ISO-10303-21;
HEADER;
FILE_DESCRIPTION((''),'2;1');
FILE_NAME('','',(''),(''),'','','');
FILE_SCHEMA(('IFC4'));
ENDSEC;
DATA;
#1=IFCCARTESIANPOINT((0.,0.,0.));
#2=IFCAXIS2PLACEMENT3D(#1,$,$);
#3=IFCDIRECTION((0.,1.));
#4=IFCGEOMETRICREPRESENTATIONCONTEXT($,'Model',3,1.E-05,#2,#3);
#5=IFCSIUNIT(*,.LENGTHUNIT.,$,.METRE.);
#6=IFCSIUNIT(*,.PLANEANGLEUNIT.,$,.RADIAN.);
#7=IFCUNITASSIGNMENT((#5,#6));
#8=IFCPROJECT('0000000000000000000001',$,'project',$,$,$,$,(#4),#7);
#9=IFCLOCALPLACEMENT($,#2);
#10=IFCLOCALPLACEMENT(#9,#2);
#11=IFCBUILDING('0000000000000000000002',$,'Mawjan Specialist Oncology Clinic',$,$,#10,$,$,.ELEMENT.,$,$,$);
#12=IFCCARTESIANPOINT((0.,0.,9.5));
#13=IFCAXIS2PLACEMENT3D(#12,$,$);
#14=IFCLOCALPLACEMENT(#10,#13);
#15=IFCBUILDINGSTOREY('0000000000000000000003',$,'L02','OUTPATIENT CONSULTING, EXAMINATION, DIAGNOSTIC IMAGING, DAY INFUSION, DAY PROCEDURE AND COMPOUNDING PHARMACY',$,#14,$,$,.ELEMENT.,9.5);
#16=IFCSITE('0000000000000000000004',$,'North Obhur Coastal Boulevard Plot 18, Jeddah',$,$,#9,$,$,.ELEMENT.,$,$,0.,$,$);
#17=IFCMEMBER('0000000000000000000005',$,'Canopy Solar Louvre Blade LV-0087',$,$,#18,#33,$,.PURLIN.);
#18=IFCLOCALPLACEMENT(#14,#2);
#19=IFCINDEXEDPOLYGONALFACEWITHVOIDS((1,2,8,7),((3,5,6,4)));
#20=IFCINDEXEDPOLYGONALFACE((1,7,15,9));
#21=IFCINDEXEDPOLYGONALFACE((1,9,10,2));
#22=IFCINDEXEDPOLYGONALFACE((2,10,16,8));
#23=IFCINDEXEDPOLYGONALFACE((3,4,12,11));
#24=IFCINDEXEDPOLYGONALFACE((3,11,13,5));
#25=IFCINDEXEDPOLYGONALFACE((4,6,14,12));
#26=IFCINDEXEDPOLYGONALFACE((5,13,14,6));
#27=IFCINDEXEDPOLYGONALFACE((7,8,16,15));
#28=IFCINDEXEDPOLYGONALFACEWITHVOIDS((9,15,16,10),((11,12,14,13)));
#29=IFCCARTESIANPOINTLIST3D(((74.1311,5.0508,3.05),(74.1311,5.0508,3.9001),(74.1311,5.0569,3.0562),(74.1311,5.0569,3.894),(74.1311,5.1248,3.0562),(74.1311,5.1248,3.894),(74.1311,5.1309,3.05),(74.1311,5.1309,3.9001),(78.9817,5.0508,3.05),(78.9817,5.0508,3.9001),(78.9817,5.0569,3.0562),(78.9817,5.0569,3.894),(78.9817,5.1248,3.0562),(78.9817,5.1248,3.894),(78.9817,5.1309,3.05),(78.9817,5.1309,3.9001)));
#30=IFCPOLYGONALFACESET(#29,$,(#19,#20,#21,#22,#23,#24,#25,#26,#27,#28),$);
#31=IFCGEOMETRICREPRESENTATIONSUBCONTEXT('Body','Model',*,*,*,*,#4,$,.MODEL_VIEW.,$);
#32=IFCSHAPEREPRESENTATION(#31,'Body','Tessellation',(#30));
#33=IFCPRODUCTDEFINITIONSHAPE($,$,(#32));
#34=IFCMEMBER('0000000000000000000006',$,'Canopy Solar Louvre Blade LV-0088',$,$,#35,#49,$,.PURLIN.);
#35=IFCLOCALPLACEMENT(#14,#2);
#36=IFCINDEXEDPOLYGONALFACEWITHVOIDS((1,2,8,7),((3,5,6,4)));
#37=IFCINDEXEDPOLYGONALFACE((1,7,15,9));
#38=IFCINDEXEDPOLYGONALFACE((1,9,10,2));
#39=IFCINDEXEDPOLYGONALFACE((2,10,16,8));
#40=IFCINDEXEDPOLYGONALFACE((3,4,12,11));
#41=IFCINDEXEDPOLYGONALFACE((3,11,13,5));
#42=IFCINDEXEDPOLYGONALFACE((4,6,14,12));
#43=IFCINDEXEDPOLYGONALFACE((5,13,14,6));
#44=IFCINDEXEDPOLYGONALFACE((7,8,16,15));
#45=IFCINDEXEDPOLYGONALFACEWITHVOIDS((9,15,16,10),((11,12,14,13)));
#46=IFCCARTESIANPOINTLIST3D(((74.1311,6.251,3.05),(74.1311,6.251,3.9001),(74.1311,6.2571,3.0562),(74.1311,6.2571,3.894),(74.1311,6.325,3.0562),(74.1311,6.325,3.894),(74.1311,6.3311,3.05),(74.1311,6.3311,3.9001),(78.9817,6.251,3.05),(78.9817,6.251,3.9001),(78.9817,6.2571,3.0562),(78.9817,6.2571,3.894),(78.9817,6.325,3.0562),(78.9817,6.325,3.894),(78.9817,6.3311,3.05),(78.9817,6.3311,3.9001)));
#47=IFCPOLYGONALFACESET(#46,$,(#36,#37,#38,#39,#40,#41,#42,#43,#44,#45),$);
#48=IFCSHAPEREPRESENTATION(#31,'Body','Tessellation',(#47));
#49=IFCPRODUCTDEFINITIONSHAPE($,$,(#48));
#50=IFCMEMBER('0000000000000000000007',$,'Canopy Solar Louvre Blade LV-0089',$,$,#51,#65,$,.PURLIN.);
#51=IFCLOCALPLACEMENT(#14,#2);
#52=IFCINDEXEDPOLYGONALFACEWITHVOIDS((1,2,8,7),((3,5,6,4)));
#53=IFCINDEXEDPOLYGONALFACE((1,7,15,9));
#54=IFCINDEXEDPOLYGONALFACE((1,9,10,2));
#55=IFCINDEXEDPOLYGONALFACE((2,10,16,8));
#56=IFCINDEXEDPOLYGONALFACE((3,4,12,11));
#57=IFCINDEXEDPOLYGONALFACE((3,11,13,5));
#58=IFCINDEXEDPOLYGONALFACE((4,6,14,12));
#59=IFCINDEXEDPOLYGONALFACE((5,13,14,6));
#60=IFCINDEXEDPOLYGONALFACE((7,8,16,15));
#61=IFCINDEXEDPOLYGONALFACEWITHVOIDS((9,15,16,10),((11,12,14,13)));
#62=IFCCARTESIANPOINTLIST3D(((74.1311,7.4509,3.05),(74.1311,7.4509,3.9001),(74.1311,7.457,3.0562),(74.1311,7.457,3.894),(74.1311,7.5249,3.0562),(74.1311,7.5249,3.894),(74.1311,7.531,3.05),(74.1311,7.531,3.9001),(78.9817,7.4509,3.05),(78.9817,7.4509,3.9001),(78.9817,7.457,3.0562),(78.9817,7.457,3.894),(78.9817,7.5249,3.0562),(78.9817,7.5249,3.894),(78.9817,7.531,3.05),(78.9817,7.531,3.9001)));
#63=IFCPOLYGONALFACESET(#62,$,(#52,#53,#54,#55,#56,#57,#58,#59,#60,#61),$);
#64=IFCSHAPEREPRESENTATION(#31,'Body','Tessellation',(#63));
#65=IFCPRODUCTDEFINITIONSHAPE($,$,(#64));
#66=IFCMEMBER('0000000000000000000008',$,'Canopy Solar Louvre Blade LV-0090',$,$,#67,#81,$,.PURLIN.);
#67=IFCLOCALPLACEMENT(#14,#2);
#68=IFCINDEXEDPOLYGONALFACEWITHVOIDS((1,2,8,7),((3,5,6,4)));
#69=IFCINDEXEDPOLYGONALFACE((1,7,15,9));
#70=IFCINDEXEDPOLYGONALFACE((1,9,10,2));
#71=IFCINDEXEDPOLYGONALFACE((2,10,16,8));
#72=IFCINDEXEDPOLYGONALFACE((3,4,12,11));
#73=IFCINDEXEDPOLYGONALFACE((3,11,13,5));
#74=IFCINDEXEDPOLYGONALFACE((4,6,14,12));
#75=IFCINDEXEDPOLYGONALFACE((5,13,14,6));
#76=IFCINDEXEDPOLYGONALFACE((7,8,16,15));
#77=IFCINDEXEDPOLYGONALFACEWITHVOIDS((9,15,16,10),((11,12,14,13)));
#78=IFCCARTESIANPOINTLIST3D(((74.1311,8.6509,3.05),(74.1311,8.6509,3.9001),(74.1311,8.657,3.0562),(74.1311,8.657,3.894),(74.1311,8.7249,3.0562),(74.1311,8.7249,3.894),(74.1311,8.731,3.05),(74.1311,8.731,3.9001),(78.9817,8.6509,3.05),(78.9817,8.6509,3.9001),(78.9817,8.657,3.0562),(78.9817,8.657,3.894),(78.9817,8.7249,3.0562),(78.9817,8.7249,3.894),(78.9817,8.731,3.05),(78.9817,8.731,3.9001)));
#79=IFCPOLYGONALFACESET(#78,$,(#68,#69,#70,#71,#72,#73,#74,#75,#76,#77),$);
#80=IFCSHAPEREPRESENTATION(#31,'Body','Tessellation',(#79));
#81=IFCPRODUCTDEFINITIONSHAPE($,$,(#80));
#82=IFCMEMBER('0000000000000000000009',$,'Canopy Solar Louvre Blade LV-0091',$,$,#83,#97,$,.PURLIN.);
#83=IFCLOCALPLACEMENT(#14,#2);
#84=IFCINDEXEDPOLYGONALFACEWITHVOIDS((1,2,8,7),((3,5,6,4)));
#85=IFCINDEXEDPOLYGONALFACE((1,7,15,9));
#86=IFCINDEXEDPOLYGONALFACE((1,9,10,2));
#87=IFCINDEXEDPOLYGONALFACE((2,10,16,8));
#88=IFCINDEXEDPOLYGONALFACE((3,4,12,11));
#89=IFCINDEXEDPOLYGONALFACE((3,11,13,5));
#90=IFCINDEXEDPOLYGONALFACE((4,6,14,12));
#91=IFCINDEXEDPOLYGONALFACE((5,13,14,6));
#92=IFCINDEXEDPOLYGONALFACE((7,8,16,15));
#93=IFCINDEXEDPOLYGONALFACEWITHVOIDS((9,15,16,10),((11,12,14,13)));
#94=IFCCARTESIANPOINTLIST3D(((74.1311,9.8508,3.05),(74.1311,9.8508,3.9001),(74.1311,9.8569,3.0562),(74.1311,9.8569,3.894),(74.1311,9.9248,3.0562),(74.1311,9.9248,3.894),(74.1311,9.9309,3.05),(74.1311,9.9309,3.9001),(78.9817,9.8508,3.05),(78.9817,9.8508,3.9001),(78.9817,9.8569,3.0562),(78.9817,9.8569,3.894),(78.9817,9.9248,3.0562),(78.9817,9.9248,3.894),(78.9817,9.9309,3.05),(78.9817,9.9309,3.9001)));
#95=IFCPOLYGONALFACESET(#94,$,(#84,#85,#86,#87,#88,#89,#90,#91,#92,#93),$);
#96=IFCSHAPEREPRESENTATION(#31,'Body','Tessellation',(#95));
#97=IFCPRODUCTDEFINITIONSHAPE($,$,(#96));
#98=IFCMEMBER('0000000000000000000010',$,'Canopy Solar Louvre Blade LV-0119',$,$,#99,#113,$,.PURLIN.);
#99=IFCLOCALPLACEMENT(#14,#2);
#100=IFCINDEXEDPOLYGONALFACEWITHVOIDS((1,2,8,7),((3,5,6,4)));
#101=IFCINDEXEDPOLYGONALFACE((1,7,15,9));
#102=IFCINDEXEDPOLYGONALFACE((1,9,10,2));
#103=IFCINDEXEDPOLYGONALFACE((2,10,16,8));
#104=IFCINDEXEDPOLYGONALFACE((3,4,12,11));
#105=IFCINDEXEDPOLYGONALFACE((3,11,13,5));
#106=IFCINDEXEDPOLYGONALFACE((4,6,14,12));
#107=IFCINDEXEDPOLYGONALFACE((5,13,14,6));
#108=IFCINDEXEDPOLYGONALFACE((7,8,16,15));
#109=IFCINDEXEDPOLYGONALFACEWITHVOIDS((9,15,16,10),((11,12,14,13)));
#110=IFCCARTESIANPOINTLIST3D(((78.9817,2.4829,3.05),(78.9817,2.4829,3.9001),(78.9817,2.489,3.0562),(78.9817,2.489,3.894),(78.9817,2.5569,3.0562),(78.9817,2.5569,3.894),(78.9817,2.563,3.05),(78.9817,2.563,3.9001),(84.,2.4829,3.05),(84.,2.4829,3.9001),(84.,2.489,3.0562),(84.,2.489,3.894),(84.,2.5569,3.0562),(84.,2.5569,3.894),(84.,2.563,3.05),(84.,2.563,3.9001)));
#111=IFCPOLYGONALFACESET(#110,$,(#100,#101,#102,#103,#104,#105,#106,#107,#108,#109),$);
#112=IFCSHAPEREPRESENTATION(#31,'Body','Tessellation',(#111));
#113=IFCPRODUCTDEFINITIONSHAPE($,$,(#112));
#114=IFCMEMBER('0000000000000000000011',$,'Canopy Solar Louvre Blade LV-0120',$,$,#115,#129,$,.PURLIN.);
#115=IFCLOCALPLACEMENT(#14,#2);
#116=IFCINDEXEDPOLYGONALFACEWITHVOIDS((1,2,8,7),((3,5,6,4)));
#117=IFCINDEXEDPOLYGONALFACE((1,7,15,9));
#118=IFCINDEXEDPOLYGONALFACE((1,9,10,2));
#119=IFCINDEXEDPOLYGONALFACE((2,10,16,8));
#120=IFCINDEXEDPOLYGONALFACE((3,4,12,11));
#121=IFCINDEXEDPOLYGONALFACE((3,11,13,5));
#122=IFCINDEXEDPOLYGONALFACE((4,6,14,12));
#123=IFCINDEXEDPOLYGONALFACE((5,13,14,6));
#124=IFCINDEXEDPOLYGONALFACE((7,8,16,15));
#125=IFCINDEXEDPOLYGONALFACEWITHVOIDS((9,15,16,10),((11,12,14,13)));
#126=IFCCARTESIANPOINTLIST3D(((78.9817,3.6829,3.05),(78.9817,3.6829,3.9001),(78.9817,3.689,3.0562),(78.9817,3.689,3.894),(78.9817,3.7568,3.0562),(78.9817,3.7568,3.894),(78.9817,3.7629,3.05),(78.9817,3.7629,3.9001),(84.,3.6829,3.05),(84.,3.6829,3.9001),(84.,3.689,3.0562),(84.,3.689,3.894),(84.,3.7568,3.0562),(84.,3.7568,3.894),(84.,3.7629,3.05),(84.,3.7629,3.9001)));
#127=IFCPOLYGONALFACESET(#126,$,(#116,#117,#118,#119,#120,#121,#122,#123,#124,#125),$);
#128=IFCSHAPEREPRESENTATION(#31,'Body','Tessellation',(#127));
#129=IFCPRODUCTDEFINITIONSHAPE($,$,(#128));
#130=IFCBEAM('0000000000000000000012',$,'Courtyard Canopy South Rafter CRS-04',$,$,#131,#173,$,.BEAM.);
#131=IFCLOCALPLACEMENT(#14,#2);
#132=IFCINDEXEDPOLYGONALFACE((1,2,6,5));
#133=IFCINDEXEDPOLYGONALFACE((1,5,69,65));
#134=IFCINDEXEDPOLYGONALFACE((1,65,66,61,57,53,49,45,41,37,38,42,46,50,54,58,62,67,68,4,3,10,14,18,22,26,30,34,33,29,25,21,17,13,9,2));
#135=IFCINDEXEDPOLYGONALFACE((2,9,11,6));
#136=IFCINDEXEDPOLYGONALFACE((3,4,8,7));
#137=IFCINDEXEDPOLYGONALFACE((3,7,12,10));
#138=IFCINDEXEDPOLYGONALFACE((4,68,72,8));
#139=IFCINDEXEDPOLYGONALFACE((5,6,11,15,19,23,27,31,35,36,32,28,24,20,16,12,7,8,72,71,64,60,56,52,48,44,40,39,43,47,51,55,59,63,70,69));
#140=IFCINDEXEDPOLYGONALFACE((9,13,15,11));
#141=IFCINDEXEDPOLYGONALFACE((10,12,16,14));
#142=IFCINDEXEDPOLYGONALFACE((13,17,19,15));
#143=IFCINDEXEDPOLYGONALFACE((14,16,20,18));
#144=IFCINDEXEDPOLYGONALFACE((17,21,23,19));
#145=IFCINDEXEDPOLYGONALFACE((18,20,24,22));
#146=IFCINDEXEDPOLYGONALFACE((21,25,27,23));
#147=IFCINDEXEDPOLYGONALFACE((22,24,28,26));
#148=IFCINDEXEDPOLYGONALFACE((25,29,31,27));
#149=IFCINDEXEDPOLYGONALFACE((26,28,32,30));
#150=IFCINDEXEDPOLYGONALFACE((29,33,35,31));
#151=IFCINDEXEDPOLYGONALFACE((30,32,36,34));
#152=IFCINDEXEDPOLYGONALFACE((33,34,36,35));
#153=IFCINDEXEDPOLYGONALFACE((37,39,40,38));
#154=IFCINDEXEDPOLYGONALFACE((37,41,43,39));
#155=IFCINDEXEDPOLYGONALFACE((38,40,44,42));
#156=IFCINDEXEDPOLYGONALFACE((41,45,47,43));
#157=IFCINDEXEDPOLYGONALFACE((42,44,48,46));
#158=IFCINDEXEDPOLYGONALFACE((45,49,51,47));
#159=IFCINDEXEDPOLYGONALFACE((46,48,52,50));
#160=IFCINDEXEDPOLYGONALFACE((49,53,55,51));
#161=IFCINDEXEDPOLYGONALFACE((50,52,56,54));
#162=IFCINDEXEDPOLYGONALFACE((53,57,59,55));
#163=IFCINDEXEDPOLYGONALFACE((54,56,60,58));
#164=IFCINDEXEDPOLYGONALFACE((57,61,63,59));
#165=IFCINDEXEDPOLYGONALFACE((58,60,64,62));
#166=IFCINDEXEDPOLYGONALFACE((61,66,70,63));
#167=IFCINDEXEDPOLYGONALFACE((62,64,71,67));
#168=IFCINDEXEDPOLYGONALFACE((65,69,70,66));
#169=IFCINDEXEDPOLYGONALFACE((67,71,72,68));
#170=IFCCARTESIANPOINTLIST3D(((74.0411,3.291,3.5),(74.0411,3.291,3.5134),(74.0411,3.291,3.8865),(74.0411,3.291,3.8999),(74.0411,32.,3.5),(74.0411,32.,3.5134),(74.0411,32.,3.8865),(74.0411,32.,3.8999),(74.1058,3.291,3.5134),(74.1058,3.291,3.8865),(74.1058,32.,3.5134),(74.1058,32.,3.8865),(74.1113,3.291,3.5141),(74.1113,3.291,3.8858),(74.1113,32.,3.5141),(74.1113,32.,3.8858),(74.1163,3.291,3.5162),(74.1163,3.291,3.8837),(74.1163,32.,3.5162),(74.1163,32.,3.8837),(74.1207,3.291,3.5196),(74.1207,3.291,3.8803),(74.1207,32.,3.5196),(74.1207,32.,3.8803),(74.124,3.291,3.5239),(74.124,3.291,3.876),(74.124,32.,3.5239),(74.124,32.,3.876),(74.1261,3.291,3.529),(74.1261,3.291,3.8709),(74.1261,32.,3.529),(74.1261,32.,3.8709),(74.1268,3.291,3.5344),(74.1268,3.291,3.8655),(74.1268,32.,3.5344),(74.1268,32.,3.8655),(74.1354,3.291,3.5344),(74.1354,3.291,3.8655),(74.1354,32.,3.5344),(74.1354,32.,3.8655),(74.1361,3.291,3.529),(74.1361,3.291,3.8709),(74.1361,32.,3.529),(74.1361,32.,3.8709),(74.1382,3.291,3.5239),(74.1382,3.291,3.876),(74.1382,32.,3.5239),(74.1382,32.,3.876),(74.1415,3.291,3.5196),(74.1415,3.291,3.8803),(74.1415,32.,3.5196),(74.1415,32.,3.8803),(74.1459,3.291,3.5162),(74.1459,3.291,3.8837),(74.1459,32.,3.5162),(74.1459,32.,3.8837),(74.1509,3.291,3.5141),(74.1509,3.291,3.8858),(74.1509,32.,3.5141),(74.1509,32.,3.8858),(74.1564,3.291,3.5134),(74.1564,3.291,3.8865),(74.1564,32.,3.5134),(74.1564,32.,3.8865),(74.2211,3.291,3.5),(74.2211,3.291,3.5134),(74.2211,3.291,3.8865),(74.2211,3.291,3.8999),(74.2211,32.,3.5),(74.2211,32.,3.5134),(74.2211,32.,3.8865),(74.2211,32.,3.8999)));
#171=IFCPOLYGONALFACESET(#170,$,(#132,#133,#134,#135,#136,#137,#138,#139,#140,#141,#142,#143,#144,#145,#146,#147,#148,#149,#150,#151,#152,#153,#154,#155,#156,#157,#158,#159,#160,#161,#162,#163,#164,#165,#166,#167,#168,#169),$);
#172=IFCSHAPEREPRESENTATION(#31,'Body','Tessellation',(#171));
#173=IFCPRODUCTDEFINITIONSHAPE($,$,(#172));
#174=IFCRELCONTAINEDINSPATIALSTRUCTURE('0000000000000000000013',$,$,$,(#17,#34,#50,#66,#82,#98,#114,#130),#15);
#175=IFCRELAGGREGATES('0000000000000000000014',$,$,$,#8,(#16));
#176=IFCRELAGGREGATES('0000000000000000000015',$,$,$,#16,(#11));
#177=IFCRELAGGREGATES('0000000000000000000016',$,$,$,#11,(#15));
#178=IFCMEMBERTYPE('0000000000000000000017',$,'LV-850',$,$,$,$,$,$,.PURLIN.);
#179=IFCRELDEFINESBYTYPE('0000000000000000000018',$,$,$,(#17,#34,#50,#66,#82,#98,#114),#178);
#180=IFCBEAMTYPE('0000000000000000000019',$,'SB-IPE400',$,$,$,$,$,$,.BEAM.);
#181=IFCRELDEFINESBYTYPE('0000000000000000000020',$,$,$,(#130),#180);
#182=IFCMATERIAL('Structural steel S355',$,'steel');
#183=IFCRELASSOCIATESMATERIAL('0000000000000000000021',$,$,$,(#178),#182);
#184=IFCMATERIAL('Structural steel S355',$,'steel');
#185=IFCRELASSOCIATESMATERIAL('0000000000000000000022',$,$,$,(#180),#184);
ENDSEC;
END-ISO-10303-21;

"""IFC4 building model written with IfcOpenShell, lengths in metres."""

from ifc_helpers import new_model, si_unit, direction, frame, origin, origin_2d, place, context, subcontext, project, spatial, hollow_rectangle, i_section, extrude, material, material_profile, profile_set, type_object, element, save


model = new_model("IFC4")

# Units and contexts
model_context = context("Model", 3, precision=1e-05, world=origin(), true_north=direction((0.0, 1.0)))
body_context = subcontext(model_context, "Body", "Model", "MODEL_VIEW")
ifc_project = project(units=[si_unit("LENGTHUNIT", "METRE"), si_unit("PLANEANGLEUNIT", "RADIAN")], contexts=[model_context])

# Site, building, storey
site_placement = place(None, origin())
site = spatial("IfcSite", under=ifc_project, at=site_placement, Name="North Obhur Coastal Boulevard Plot 18, Jeddah", CompositionType="ELEMENT", RefElevation=0.0)
building_placement = place(site_placement, origin())
building = spatial("IfcBuilding", under=site, at=building_placement, Name="Mawjan Specialist Oncology Clinic", CompositionType="ELEMENT")
storey_placement = place(building_placement, frame((0.0, 0.0, 9.5)))
storey = spatial("IfcBuildingStorey", under=building, at=storey_placement, Name="L02", Description="OUTPATIENT CONSULTING, EXAMINATION, DIAGNOSTIC IMAGING, DAY INFUSION, DAY PROCEDURE AND COMPOUNDING PHARMACY", CompositionType="ELEMENT", Elevation=9.5)

# Members
ifc_material_1 = material(Name="Structural steel S355", Category="steel")
ifc_material_profile_1 = material_profile(ifc_material_1, hollow_rectangle(XDim=0.0801, YDim=0.8501, WallThickness=0.0061, at=origin_2d()), Name="LOUVRE 850x80x6", Category="steel")
ifc_profile_set_1 = profile_set([ifc_material_profile_1], Name="Structural steel S355")
member_type_1 = type_object("IfcMemberType", Name="LV-850", PredefinedType="PURLIN", material=ifc_profile_set_1)
for number, where, z_axis, x_axis, name in (
    (1, (74.1311, 5.0908, 3.4751), (1.0, 0.0, 0.0), (0.0, 1.0, 0.0), "Canopy Solar Louvre Blade LV-0087"),
    (2, (74.1311, 6.291, 3.4751), (1.0, 0.0, 0.0), (0.0, 1.0, 0.0), "Canopy Solar Louvre Blade LV-0088"),
    (3, (74.1311, 7.491, 3.4751), (1.0, 0.0, 0.0), (0.0, 1.0, 0.0), "Canopy Solar Louvre Blade LV-0089"),
    (4, (74.1311, 8.6909, 3.4751), (1.0, 0.0, 0.0), (0.0, 1.0, 0.0), "Canopy Solar Louvre Blade LV-0090"),
    (5, (74.1311, 9.8909, 3.4751), (1.0, 0.0, 0.0), (0.0, 1.0, 0.0), "Canopy Solar Louvre Blade LV-0091"),
):
    element("IfcMember", number, at=place(storey_placement, frame(where, z_axis=z_axis, x_axis=x_axis)), inside=storey, type_object=member_type_1, Name=name, PredefinedType="PURLIN", context=body_context, shape_type="SweptSolid", body=[
        extrude(hollow_rectangle(XDim=0.0801, YDim=0.8501, WallThickness=0.0061, at=origin_2d()), origin(), (0.0, 0.0, 1.0), 4.8506),
    ])
for number, where, z_axis, x_axis, name in (
    (6, (78.9817, 2.5229, 3.4751), (1.0, 0.0, 0.0), (0.0, 1.0, 0.0), "Canopy Solar Louvre Blade LV-0119"),
    (7, (78.9817, 3.7229, 3.4751), (1.0, 0.0, 0.0), (0.0, 1.0, 0.0), "Canopy Solar Louvre Blade LV-0120"),
):
    element("IfcMember", number, at=place(storey_placement, frame(where, z_axis=z_axis, x_axis=x_axis)), inside=storey, type_object=member_type_1, Name=name, PredefinedType="PURLIN", context=body_context, shape_type="SweptSolid", body=[
        extrude(hollow_rectangle(XDim=0.0801, YDim=0.8501, WallThickness=0.0061, at=origin_2d()), origin(), (0.0, 0.0, 1.0), 5.0183),
    ])

# Beam
ifc_material_2 = material(Name="Structural steel S355", Category="steel")
ifc_material_profile_2 = material_profile(ifc_material_2, i_section(OverallWidth=0.1799, OverallDepth=0.3999, WebThickness=0.0085, FlangeThickness=0.0134, FilletRadius=0.021, at=origin_2d()), Name="IPE 400", Category="steel")
ifc_profile_set_2 = profile_set([ifc_material_profile_2], Name="Structural steel S355")
beam_type = type_object("IfcBeamType", Name="SB-IPE400", PredefinedType="BEAM", material=ifc_profile_set_2)
beam_1_placement = place(storey_placement, frame((74.1311, 3.291, 3.7), z_axis=(0.0, 1.0, 0.0), x_axis=(-1.0, 0.0, 0.0)))
element("IfcBeam", 8, at=beam_1_placement, inside=storey, type_object=beam_type, Name="Courtyard Canopy South Rafter CRS-04", PredefinedType="BEAM", context=body_context, shape_type="SweptSolid", body=[
    extrude(i_section(OverallWidth=0.1799, OverallDepth=0.3999, WebThickness=0.0085, FlangeThickness=0.0134, FilletRadius=0.021, at=origin_2d()), origin(), (0.0, 0.0, 1.0), 28.709),
])

save(model, "model.ifc")
